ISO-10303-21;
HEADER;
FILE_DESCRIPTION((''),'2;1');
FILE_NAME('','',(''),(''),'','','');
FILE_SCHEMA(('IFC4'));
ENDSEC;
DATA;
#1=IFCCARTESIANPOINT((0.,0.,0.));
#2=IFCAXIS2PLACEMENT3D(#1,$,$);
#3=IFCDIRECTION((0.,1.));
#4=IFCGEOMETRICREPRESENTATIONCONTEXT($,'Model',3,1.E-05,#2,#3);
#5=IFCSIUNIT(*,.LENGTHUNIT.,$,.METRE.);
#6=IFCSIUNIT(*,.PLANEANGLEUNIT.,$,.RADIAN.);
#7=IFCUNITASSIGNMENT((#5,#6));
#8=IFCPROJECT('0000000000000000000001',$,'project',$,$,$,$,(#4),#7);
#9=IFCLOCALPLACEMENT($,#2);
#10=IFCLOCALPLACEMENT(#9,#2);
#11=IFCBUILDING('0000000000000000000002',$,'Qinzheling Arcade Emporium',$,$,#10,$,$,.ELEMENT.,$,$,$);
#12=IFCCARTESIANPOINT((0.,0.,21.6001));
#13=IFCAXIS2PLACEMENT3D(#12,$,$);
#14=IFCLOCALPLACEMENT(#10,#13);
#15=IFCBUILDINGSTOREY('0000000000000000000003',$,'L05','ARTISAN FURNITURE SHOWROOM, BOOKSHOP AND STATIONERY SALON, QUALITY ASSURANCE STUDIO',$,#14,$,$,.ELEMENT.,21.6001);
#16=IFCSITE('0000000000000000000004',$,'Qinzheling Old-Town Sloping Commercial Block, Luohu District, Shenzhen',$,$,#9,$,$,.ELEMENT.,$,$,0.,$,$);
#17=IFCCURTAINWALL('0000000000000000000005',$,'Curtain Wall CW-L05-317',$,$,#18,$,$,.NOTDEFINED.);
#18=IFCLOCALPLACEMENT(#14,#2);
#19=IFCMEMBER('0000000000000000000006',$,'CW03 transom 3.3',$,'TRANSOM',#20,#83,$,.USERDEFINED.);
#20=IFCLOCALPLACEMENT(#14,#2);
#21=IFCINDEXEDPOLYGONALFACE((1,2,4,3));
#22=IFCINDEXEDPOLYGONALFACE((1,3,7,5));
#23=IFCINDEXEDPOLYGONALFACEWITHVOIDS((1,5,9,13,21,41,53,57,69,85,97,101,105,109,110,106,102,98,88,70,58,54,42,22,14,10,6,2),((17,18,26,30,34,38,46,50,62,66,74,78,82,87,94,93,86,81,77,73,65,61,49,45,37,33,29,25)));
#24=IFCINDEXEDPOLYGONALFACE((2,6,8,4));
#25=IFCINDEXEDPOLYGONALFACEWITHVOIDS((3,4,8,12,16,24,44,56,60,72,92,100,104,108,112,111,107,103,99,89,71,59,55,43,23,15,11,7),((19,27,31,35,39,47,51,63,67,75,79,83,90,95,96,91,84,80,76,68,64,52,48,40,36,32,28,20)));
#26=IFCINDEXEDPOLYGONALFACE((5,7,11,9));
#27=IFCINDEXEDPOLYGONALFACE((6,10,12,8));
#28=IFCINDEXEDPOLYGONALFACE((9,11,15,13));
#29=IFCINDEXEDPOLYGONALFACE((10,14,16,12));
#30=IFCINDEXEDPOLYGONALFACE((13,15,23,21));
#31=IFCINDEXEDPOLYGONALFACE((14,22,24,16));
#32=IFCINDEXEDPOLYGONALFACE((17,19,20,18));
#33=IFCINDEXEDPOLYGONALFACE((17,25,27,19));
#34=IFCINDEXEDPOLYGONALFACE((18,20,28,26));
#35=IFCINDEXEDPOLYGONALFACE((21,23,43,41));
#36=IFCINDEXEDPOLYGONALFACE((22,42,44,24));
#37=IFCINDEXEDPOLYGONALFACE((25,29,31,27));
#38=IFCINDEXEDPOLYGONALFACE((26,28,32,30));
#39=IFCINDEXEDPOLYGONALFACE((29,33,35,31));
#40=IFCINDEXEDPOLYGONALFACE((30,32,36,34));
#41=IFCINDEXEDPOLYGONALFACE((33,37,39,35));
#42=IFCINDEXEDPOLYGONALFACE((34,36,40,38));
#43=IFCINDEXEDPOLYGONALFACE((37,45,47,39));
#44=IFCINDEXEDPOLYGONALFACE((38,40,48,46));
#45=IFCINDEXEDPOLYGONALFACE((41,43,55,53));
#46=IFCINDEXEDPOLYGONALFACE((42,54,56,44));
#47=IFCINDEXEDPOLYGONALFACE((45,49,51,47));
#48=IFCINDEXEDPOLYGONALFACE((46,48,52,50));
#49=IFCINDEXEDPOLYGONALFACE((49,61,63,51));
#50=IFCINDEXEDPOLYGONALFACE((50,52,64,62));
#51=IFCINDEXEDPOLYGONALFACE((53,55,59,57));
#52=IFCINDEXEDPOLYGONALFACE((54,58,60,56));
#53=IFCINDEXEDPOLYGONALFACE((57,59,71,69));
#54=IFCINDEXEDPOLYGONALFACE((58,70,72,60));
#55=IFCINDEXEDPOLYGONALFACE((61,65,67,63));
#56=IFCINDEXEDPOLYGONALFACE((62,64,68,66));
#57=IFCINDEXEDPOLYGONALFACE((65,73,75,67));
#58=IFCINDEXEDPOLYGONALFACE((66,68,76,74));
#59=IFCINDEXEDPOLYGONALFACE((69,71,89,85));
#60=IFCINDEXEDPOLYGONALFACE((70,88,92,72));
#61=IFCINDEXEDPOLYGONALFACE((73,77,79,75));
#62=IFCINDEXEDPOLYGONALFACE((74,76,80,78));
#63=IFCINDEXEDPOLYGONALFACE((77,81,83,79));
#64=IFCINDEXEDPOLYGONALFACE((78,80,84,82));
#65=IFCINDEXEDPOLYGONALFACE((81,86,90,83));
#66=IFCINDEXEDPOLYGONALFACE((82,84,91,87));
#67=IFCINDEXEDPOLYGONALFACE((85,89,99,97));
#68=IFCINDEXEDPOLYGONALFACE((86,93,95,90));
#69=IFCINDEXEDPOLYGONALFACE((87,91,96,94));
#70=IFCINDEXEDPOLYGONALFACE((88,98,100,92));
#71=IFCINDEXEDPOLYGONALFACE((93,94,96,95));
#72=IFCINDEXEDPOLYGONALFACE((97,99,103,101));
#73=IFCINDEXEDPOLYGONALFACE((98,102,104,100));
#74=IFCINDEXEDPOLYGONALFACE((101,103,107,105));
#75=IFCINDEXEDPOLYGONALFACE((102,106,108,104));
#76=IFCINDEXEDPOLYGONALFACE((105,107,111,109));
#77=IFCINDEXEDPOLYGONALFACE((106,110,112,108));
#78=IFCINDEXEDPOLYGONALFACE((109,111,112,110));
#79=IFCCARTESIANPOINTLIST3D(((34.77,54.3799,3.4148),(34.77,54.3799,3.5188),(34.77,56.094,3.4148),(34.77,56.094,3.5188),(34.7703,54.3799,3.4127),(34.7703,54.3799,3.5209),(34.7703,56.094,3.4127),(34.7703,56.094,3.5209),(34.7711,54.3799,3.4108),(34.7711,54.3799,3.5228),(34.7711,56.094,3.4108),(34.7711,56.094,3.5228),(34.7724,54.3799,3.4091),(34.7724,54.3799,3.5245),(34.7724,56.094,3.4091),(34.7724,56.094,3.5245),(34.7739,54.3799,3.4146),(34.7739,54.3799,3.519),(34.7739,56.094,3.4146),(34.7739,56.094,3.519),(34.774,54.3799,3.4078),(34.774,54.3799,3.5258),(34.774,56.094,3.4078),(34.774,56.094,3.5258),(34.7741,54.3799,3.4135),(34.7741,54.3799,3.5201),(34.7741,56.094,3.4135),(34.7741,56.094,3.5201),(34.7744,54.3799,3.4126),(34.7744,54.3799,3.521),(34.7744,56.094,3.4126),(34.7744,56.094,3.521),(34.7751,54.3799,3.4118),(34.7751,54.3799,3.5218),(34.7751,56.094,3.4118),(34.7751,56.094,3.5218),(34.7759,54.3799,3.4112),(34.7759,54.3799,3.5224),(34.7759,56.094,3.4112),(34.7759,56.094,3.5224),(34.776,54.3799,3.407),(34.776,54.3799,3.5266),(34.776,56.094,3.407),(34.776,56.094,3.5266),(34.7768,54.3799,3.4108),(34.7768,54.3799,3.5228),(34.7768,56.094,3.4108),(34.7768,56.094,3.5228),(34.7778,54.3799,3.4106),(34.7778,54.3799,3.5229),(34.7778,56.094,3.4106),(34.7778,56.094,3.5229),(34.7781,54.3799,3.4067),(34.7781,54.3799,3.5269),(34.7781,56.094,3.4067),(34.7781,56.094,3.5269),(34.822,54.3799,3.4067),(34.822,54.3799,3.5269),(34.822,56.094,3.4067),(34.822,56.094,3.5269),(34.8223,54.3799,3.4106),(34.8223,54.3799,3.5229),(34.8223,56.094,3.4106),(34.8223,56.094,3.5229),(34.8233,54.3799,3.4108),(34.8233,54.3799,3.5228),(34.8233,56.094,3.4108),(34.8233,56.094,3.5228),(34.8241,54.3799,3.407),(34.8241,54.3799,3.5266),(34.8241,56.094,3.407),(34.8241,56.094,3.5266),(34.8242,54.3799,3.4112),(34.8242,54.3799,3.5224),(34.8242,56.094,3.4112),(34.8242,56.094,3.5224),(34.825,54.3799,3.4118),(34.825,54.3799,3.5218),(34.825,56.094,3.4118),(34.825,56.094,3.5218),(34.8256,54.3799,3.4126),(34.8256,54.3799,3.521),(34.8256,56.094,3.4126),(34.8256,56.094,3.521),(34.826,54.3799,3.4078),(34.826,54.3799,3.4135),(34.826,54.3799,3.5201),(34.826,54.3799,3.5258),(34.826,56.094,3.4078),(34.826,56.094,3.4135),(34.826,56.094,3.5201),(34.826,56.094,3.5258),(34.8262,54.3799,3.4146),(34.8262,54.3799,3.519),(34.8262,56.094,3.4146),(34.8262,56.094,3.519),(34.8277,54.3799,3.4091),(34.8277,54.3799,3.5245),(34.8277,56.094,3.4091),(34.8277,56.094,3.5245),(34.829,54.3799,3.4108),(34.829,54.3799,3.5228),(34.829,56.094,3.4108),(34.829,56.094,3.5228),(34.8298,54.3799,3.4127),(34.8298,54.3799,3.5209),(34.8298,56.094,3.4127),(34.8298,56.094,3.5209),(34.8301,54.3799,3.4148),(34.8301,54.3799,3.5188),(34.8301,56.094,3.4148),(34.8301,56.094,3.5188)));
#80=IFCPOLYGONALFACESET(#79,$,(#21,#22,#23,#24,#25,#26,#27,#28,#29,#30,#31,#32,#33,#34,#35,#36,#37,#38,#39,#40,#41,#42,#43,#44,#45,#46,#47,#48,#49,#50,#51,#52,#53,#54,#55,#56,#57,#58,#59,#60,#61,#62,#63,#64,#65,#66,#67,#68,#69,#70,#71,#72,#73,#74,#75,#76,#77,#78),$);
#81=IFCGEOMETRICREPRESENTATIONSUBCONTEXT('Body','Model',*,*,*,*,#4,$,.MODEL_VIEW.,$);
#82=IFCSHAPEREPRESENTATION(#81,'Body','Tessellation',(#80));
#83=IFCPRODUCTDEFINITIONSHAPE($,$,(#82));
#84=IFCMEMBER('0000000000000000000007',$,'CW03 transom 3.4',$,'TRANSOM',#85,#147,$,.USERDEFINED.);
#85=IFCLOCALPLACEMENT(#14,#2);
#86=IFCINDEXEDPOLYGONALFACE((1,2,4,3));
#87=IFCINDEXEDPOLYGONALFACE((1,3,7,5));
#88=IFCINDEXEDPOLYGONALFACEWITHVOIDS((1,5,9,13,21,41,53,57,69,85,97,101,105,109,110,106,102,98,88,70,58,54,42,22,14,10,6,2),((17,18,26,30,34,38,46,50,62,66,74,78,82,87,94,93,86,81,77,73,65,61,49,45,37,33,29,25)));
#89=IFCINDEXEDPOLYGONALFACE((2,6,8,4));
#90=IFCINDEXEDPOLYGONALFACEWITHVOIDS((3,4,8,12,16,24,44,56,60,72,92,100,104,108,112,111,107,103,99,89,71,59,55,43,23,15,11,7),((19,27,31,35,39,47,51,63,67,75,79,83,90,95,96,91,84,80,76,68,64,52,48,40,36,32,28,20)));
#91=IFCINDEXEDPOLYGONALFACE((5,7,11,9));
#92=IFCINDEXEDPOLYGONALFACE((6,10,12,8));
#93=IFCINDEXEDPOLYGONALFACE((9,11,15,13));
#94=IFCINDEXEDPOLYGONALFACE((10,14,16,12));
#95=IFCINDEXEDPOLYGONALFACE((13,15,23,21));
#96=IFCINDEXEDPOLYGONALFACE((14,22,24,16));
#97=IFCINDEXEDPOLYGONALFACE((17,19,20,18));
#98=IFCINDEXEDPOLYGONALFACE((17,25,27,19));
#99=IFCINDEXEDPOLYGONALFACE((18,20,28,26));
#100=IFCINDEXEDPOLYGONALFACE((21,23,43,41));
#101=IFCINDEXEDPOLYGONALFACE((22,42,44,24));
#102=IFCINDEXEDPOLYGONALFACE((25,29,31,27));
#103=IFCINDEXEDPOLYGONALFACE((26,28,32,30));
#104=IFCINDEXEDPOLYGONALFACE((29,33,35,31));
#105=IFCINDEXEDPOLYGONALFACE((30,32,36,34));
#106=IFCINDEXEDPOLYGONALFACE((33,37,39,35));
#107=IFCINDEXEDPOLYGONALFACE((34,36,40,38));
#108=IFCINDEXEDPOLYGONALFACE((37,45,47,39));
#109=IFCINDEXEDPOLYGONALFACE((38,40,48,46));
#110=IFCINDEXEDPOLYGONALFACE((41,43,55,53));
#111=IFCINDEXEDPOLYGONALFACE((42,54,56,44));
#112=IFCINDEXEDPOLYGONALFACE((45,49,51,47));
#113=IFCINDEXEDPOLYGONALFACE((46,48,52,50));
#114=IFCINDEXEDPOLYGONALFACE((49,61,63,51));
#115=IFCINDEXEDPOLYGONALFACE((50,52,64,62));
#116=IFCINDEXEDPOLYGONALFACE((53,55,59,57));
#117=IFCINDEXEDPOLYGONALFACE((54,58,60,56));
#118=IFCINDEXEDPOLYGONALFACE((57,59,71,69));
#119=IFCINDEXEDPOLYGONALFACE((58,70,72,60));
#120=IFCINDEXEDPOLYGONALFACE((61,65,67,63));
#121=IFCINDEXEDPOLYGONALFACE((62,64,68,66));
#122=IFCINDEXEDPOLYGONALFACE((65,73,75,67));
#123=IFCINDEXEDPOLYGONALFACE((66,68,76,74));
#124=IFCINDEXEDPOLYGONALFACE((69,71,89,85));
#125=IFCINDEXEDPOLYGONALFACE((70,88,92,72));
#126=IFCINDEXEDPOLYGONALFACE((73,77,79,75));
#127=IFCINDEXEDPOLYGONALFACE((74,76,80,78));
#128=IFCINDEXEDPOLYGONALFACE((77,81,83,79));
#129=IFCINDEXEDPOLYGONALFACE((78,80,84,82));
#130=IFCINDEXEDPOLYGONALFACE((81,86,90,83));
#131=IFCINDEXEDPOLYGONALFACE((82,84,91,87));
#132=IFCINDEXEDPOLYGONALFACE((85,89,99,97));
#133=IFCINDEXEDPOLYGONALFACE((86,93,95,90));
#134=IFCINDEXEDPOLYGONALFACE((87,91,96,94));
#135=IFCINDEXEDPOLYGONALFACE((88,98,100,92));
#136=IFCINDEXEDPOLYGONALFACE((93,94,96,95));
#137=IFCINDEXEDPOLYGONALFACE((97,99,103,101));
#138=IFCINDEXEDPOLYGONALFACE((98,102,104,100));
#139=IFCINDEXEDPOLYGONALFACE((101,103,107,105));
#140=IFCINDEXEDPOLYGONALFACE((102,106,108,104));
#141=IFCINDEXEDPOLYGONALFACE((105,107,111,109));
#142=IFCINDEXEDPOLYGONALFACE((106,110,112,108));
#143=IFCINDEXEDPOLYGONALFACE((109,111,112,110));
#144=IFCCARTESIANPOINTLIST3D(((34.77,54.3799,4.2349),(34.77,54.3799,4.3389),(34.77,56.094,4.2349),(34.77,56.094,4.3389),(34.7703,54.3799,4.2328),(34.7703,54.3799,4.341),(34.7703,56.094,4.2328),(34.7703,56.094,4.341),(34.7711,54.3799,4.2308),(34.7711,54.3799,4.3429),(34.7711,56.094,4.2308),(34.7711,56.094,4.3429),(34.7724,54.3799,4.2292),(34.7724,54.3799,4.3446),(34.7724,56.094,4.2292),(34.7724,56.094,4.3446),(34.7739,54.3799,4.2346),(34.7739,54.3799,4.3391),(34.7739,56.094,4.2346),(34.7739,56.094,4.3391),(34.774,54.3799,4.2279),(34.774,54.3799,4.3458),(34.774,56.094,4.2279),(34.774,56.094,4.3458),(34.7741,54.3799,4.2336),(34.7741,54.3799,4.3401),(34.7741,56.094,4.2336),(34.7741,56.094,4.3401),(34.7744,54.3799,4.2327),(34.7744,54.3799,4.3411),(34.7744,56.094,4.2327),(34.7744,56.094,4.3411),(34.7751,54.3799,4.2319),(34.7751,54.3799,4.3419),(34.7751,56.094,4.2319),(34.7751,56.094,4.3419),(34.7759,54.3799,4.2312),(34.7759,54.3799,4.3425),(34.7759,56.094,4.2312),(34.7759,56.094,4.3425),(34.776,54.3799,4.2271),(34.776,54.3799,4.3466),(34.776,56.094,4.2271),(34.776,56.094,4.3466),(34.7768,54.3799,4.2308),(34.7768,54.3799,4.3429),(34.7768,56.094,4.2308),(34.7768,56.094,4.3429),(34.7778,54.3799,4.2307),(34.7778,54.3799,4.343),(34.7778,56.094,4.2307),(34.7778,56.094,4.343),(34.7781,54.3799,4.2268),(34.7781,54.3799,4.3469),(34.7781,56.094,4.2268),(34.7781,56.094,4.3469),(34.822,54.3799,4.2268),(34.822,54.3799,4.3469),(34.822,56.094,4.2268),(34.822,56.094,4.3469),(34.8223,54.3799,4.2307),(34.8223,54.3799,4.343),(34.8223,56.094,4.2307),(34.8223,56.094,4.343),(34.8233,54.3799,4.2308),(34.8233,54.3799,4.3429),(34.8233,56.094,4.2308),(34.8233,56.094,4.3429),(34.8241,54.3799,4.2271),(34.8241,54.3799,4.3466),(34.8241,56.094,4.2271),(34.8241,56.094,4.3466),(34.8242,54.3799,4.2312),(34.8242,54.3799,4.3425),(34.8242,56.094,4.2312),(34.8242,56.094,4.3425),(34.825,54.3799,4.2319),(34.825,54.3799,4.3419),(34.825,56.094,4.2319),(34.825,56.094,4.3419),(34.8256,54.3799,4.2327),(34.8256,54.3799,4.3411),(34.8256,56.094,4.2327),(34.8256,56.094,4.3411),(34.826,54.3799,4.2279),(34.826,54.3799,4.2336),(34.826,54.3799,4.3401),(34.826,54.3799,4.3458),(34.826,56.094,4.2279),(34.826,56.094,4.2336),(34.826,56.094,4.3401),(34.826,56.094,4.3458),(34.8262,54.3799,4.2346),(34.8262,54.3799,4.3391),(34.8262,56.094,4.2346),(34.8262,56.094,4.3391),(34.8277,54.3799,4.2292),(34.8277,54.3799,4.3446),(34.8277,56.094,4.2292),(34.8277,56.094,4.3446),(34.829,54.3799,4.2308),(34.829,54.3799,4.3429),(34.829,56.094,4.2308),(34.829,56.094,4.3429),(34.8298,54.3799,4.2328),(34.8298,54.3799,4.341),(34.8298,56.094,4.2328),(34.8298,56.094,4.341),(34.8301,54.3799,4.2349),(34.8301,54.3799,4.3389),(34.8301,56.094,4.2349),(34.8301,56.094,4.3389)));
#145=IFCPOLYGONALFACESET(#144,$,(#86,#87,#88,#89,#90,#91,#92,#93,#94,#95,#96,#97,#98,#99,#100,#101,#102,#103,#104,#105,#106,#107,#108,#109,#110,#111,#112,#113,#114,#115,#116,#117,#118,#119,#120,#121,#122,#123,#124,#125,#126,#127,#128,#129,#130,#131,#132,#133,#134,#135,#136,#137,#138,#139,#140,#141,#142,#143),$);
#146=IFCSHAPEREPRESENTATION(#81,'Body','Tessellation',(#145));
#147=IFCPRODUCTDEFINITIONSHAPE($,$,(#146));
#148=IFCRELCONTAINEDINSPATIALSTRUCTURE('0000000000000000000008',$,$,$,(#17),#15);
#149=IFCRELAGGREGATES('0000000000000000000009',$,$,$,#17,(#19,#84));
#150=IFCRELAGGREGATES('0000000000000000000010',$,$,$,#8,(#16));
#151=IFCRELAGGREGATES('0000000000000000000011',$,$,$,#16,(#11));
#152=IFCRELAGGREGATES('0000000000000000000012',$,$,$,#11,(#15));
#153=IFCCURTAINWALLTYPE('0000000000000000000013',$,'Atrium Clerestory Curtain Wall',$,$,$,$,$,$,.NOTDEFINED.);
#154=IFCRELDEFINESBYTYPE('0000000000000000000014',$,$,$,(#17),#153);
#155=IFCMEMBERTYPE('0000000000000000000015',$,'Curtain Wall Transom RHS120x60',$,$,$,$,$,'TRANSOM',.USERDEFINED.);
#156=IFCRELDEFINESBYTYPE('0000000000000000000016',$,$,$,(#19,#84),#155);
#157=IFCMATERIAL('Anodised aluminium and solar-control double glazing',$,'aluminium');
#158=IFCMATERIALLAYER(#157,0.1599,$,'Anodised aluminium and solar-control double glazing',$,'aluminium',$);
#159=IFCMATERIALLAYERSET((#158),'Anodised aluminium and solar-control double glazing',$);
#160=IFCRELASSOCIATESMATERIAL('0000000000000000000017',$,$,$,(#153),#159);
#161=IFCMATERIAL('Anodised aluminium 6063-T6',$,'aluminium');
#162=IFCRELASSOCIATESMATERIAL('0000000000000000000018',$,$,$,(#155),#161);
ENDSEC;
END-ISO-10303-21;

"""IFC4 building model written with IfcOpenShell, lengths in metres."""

from ifc_helpers import new_model, si_unit, direction, frame, origin, origin_2d, place, context, subcontext, project, spatial, hollow_rectangle, extrude, material, layer, layer_set, material_profile, profile_set, type_object, element, aggregate, save


model = new_model("IFC4")

# Units and contexts
model_context = context("Model", 3, precision=1e-05, world=origin(), true_north=direction((0.0, 1.0)))
body_context = subcontext(model_context, "Body", "Model", "MODEL_VIEW")
ifc_project = project(units=[si_unit("LENGTHUNIT", "METRE"), si_unit("PLANEANGLEUNIT", "RADIAN")], contexts=[model_context])

# Site, building, storey
site_placement = place(None, origin())
site = spatial("IfcSite", under=ifc_project, at=site_placement, Name="Qinzheling Old-Town Sloping Commercial Block, Luohu District, Shenzhen", CompositionType="ELEMENT", RefElevation=0.0)
building_placement = place(site_placement, origin())
building = spatial("IfcBuilding", under=site, at=building_placement, Name="Qinzheling Arcade Emporium", CompositionType="ELEMENT")
storey_placement = place(building_placement, frame((0.0, 0.0, 21.6001)))
storey = spatial("IfcBuildingStorey", under=building, at=storey_placement, Name="L05", Description="ARTISAN FURNITURE SHOWROOM, BOOKSHOP AND STATIONERY SALON, QUALITY ASSURANCE STUDIO", CompositionType="ELEMENT", Elevation=21.6001)

# Curtain wall
ifc_material_1 = material(Name="Anodised aluminium and solar-control double glazing", Category="aluminium")
ifc_layer_1 = layer(ifc_material_1, 0.1599, Name="Anodised aluminium and solar-control double glazing", Category="aluminium")
ifc_layer_set_1 = layer_set([ifc_layer_1], Name="Anodised aluminium and solar-control double glazing")
curtain_wall_type = type_object("IfcCurtainWallType", Name="Atrium Clerestory Curtain Wall", PredefinedType="NOTDEFINED", material=ifc_layer_set_1)
curtain_wall_1_placement = place(storey_placement, origin())
curtain_wall_1 = element("IfcCurtainWall", 1, at=curtain_wall_1_placement, inside=storey, type_object=curtain_wall_type, Name="Curtain Wall CW-L05-317", PredefinedType="NOTDEFINED")
ifc_material_2 = material(Name="Anodised aluminium 6063-T6", Category="aluminium")

# Members
ifc_material_profile_1 = material_profile(ifc_material_2, hollow_rectangle(XDim=0.0601, YDim=0.1201, WallThickness=0.0039, InnerFilletRadius=0.0039, OuterFilletRadius=0.0081, at=origin_2d()), Name="RHS 120x60x4", Category="aluminium")
ifc_profile_set_1 = profile_set([ifc_material_profile_1], Name="Anodised aluminium 6063-T6")
member_type_1 = type_object("IfcMemberType", Name="Curtain Wall Transom RHS120x60", ElementType="TRANSOM", PredefinedType="USERDEFINED", material=ifc_profile_set_1)
member_1_placement = place(storey_placement, frame((34.8, 54.3799, 3.4668), z_axis=(0.0, 1.0, 0.0), x_axis=(-1.0, 0.0, 0.0)))
member_1 = element("IfcMember", 2, at=member_1_placement, type_object=member_type_1, Name="CW03 transom 3.3", ObjectType="TRANSOM", PredefinedType="USERDEFINED", context=body_context, shape_type="SweptSolid", body=[
    extrude(hollow_rectangle(XDim=0.0601, YDim=0.1201, WallThickness=0.0039, InnerFilletRadius=0.0039, OuterFilletRadius=0.0081, at=origin_2d()), origin(), (0.0, 0.0, 1.0), 1.7141),
])
member_2_placement = place(storey_placement, frame((34.8, 54.3799, 4.2869), z_axis=(0.0, 1.0, 0.0), x_axis=(-1.0, 0.0, 0.0)))
member_2 = element("IfcMember", 3, at=member_2_placement, type_object=member_type_1, Name="CW03 transom 3.4", ObjectType="TRANSOM", PredefinedType="USERDEFINED", context=body_context, shape_type="SweptSolid", body=[
    extrude(hollow_rectangle(XDim=0.0601, YDim=0.1201, WallThickness=0.0039, InnerFilletRadius=0.0039, OuterFilletRadius=0.0081, at=origin_2d()), origin(), (0.0, 0.0, 1.0), 1.7141),
])

aggregate(curtain_wall_1, [member_1, member_2])

save(model, "model.ifc")
